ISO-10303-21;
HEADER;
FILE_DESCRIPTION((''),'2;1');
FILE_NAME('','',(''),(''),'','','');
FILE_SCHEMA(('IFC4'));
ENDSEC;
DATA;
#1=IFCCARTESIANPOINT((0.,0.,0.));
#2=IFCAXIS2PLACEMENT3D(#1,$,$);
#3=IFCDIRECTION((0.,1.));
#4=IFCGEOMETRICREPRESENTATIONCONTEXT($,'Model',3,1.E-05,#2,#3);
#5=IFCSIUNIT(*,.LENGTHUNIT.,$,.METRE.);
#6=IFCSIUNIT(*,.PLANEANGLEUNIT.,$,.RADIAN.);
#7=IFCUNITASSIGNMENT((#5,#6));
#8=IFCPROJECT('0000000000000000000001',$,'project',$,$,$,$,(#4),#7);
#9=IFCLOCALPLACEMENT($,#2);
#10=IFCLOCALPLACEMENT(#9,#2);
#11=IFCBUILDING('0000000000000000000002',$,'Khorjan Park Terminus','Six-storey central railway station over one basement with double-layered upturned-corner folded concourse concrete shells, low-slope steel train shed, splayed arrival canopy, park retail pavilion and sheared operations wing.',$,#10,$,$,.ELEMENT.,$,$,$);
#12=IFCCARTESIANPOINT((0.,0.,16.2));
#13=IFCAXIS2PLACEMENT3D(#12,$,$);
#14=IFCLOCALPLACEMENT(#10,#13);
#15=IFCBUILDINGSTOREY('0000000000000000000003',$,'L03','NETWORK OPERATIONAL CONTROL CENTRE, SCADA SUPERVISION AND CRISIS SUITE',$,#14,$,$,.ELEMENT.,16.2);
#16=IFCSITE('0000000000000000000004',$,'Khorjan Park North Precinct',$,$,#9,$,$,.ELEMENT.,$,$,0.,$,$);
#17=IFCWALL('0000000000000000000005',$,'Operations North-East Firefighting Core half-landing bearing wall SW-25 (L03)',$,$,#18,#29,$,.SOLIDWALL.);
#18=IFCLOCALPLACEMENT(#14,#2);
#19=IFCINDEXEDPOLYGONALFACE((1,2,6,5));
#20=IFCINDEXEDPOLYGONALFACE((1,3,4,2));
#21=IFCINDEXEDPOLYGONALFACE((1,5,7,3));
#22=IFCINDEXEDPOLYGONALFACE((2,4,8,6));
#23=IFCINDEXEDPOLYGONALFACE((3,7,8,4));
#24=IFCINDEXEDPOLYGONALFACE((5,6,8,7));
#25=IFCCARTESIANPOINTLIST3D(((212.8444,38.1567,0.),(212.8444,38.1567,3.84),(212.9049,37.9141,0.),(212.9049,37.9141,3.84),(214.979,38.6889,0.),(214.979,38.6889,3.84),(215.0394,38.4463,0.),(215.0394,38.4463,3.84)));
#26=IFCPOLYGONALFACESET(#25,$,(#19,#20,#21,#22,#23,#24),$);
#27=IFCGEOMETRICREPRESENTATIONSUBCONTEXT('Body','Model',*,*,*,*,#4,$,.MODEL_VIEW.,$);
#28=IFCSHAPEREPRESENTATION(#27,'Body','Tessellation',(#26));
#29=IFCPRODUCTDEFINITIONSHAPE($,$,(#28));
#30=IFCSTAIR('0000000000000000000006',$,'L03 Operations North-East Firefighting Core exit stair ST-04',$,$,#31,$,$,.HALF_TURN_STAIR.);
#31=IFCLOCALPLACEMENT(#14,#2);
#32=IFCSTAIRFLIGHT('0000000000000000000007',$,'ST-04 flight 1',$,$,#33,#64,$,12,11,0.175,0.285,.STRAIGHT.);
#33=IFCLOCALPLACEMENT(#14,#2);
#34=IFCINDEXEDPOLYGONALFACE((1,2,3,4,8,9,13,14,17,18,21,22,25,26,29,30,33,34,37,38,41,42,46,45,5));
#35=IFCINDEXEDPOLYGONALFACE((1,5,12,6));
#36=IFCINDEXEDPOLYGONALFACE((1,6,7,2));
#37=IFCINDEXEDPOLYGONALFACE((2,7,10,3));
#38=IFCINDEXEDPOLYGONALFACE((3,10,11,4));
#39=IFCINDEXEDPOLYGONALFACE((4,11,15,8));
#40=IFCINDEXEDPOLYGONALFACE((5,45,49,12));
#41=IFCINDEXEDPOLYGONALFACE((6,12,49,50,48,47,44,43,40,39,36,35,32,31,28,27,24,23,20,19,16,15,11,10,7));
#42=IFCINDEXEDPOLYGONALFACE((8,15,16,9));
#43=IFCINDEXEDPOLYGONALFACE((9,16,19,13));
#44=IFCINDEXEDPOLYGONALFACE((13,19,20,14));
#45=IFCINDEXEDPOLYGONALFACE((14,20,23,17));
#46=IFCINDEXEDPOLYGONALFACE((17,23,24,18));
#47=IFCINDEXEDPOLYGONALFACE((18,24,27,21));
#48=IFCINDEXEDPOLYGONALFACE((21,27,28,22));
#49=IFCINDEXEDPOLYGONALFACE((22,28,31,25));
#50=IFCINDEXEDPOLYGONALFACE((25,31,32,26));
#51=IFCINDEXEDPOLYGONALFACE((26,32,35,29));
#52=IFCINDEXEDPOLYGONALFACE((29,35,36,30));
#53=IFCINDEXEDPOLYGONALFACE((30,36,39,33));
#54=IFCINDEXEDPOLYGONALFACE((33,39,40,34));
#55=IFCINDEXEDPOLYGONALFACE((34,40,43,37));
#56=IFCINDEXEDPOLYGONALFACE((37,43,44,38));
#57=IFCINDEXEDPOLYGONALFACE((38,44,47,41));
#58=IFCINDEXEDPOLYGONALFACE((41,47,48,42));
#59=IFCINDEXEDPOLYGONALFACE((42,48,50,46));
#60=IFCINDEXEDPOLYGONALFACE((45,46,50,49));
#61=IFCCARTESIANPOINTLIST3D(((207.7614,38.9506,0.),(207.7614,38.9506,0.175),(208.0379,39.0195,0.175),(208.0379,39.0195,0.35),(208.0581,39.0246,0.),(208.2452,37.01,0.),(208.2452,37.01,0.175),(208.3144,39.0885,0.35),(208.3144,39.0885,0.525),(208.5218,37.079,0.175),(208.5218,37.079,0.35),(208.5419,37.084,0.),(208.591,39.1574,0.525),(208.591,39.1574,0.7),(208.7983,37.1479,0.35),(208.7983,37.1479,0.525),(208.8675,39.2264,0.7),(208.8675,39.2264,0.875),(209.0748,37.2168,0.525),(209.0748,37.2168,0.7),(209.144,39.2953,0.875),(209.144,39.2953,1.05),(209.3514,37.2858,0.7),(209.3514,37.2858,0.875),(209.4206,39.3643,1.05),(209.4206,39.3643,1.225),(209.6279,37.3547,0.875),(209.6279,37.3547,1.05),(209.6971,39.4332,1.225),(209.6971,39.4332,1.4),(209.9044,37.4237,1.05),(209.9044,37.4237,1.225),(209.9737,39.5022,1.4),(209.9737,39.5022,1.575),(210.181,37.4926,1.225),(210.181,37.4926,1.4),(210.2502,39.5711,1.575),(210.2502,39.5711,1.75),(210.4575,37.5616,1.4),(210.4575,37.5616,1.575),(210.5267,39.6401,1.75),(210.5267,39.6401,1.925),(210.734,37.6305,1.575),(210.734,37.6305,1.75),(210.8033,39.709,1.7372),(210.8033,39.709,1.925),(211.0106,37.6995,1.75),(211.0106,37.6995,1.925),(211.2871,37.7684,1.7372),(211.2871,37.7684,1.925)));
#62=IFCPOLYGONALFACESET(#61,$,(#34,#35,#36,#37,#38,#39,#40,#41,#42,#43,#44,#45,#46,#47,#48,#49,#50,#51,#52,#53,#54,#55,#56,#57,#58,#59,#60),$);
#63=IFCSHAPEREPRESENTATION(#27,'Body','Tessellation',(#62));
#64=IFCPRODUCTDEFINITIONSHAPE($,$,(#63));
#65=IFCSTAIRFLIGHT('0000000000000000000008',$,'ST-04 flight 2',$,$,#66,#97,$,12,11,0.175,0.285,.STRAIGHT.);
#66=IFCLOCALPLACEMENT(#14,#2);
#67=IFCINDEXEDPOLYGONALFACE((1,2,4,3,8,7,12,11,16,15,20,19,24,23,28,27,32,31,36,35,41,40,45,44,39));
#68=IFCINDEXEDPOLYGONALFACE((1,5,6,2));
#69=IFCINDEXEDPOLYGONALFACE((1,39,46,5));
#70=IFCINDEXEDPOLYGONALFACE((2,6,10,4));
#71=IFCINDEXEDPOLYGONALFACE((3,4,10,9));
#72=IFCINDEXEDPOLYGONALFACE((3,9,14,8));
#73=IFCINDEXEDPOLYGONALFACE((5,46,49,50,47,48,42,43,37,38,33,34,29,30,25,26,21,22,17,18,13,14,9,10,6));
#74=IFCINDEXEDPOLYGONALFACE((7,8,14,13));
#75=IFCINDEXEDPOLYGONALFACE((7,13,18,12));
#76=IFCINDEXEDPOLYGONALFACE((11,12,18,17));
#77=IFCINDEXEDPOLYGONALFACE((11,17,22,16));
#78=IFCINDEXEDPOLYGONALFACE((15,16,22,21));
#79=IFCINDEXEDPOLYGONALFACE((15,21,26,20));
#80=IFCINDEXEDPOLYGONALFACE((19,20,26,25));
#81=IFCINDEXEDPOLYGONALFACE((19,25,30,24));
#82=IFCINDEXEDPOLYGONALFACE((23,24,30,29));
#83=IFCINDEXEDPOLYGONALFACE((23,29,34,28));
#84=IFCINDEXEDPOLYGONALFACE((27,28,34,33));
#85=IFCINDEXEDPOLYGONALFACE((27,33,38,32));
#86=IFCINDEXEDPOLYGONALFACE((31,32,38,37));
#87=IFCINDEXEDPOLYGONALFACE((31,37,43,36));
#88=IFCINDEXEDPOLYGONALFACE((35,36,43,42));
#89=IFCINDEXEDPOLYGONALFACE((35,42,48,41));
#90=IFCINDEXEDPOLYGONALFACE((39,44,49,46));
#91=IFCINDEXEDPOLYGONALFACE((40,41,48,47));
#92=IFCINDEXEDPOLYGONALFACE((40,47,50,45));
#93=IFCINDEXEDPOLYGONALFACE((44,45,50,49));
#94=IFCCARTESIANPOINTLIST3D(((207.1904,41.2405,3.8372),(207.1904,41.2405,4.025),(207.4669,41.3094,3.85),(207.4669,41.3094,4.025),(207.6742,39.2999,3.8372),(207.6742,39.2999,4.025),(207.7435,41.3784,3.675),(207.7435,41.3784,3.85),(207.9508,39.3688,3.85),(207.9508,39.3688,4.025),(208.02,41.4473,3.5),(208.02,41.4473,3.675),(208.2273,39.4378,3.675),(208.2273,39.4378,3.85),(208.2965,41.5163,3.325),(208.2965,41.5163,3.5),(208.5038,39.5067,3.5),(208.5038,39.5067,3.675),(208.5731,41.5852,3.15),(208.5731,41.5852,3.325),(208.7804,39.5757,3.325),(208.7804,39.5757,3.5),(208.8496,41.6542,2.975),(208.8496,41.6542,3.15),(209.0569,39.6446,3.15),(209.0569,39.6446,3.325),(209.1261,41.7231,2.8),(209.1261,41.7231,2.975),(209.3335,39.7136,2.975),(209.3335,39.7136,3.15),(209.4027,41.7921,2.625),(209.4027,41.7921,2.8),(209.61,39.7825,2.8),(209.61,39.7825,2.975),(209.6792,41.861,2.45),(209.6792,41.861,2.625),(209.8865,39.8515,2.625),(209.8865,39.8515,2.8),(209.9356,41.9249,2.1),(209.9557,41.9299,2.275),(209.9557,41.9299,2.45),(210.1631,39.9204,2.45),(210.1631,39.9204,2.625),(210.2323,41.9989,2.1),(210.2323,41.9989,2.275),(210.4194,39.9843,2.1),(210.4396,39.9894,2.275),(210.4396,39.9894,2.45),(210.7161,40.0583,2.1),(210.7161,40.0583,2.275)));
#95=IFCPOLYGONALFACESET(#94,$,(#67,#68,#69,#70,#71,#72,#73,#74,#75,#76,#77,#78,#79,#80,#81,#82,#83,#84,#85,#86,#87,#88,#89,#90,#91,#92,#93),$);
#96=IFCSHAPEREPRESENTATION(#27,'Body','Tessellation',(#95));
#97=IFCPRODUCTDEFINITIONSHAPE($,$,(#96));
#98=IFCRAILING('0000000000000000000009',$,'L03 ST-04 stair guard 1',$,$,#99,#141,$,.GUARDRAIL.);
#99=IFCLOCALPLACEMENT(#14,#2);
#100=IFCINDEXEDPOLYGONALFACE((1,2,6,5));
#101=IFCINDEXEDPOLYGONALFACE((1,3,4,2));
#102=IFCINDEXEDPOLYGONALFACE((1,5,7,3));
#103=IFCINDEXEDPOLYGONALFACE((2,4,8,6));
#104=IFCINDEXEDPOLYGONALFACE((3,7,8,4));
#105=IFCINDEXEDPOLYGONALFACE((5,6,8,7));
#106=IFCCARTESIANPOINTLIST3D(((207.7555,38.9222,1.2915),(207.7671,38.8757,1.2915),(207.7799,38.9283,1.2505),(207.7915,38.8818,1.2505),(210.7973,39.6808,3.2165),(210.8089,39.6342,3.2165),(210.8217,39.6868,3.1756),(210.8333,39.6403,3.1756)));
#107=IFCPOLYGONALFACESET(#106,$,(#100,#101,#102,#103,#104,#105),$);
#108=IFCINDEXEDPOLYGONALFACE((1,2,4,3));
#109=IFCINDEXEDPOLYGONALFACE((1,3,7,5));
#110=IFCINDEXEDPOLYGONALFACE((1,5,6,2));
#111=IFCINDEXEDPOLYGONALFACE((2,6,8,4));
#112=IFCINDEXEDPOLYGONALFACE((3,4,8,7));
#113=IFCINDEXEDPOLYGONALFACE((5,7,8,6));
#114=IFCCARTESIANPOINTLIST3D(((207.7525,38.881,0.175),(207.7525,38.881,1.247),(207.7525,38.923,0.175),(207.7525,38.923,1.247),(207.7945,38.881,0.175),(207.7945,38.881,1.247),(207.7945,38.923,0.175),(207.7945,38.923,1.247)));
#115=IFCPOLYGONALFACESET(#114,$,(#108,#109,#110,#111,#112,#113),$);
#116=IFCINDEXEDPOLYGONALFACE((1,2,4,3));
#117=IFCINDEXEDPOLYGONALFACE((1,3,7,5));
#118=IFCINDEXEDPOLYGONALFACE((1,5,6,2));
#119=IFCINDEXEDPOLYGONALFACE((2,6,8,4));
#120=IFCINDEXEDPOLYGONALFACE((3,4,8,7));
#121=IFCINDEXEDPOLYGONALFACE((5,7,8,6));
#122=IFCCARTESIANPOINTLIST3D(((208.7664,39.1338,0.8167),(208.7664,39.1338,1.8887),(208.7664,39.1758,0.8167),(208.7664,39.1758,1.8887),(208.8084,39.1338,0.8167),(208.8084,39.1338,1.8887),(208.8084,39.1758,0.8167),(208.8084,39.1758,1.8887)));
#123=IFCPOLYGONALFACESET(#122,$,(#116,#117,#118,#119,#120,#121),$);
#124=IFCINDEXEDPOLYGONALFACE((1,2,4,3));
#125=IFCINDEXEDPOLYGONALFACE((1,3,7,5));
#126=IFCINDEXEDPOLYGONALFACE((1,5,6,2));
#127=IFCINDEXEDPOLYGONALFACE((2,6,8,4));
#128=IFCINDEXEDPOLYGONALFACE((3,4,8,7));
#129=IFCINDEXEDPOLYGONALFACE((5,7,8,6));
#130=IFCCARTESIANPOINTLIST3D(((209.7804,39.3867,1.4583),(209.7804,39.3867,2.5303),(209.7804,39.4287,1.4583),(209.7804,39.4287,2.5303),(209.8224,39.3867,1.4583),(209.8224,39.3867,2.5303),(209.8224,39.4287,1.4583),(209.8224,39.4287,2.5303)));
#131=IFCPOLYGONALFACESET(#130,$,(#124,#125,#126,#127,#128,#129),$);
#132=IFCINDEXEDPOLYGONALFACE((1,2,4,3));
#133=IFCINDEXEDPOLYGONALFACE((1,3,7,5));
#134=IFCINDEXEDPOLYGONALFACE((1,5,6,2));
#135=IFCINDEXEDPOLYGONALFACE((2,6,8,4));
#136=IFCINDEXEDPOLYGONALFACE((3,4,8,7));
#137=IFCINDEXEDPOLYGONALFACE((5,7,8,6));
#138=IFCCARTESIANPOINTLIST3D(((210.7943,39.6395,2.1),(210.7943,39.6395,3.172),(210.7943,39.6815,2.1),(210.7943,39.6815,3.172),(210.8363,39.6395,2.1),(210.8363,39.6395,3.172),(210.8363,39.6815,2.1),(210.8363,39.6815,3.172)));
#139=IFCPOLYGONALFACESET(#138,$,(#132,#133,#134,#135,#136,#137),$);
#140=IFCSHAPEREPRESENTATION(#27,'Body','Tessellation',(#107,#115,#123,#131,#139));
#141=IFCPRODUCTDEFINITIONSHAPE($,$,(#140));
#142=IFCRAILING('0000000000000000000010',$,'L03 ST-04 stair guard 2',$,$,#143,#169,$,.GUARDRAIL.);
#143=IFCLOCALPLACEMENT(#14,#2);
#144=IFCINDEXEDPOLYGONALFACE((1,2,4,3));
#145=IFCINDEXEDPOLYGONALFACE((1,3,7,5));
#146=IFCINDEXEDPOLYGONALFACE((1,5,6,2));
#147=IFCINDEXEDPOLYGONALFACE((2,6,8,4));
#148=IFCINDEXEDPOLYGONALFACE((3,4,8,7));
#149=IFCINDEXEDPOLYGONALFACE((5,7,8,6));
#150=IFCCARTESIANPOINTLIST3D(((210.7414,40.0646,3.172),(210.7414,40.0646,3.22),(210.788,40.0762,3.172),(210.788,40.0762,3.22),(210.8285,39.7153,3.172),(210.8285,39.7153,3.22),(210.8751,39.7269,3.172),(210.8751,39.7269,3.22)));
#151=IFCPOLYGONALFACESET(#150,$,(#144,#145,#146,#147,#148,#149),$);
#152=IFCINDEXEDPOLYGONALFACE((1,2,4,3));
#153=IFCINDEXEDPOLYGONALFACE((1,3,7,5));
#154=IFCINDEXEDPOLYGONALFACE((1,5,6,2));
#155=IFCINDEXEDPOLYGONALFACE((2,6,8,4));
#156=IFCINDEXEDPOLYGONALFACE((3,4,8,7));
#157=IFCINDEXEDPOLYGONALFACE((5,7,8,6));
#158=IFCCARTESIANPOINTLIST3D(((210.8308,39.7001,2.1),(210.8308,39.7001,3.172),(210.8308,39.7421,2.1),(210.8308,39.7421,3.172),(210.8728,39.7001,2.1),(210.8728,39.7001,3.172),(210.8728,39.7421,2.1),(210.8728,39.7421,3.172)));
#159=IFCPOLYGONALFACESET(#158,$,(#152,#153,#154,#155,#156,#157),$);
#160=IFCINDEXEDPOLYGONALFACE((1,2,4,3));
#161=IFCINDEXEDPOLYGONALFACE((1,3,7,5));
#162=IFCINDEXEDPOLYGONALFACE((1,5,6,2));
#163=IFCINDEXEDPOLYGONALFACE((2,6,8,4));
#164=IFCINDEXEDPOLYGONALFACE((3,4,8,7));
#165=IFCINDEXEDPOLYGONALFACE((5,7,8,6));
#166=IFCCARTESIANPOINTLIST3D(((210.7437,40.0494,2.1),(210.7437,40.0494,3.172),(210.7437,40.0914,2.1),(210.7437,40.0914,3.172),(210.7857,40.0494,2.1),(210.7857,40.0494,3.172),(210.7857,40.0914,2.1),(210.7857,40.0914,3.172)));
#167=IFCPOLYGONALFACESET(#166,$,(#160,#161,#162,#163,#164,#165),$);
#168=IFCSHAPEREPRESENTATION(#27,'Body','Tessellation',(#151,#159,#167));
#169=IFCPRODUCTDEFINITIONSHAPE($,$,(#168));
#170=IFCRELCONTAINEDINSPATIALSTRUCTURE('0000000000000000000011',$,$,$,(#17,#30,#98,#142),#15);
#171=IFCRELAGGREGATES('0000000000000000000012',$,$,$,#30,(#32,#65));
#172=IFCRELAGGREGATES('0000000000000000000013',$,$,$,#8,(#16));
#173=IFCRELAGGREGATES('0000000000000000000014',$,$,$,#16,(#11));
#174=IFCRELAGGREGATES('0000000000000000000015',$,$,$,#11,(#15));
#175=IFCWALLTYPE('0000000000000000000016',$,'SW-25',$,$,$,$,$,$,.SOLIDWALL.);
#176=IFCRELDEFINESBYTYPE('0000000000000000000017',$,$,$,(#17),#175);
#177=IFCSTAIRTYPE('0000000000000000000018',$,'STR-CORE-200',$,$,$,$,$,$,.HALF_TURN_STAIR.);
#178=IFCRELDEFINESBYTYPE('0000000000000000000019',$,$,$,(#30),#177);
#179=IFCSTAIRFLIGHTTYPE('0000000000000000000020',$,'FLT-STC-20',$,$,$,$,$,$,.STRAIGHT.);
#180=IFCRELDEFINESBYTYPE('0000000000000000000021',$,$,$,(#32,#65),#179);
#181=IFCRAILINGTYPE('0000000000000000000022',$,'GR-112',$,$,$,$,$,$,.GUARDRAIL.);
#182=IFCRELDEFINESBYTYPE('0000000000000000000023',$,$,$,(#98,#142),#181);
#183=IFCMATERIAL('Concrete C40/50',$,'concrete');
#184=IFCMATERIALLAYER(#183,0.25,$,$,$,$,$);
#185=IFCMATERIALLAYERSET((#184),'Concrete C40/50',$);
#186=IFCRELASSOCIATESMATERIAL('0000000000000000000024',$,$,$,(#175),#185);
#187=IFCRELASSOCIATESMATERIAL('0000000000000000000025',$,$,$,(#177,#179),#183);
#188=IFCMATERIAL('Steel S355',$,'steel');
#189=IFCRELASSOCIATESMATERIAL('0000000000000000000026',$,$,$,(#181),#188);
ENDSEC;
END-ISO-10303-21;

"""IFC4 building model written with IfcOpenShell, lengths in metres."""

from ifc_helpers import new_model, si_unit, direction, frame, frame_2d, origin, origin_2d, place, context, subcontext, project, spatial, polyline, rectangle, outline, extrude, material, layer, layer_set, type_object, element, aggregate, save


model = new_model("IFC4")

# Units and contexts
model_context = context("Model", 3, precision=1e-05, world=origin(), true_north=direction((0.0, 1.0)))
body_context = subcontext(model_context, "Body", "Model", "MODEL_VIEW")
ifc_project = project(units=[si_unit("LENGTHUNIT", "METRE"), si_unit("PLANEANGLEUNIT", "RADIAN")], contexts=[model_context])

# Site, building, storey
site_placement = place(None, origin())
site = spatial("IfcSite", under=ifc_project, at=site_placement, Name="Khorjan Park North Precinct", CompositionType="ELEMENT", RefElevation=0.0)
building_placement = place(site_placement, origin())
building = spatial("IfcBuilding", under=site, at=building_placement, Name="Khorjan Park Terminus", Description="Six-storey central railway station over one basement with double-layered upturned-corner folded concourse concrete shells, low-slope steel train shed, splayed arrival canopy, park retail pavilion and sheared operations wing.", CompositionType="ELEMENT")
storey_placement = place(building_placement, frame((0.0, 0.0, 16.2)))
storey = spatial("IfcBuildingStorey", under=building, at=storey_placement, Name="L03", Description="NETWORK OPERATIONAL CONTROL CENTRE, SCADA SUPERVISION AND CRISIS SUITE", CompositionType="ELEMENT", Elevation=16.2)

# Shared definitions
ifc_material_1 = material(Name="Concrete C40/50", Category="concrete")
ifc_material_2 = material(Name="Steel S355", Category="steel")

# Shared definitions
ifc_layer = layer(ifc_material_1, 0.25)
ifc_layer_set = layer_set([ifc_layer], Name="Concrete C40/50")
wall_type = type_object("IfcWallType", Name="SW-25", PredefinedType="SOLIDWALL", material=ifc_layer_set)

# Wall
wall_1_placement = place(storey_placement, frame((212.8747, 38.0354, 0.0), z_axis=(0.0, 0.0, 1.0), x_axis=(0.970297, 0.241915, 0.0)))
element("IfcWall", 1, at=wall_1_placement, inside=storey, type_object=wall_type, Name="Operations North-East Firefighting Core half-landing bearing wall SW-25 (L03)", PredefinedType="SOLIDWALL", context=body_context, shape_type="SweptSolid", body=[
    extrude(rectangle(XDim=2.1999, YDim=0.25, at=frame_2d((1.0999, 0.0))), origin(), (0.0, 0.0, 1.0), 3.84),
])

# Stair, stair flights
stair_type = type_object("IfcStairType", Name="STR-CORE-200", PredefinedType="HALF_TURN_STAIR", material=ifc_material_1)
stair_placement = place(storey_placement, origin())
stair = element("IfcStair", 2, at=stair_placement, inside=storey, type_object=stair_type, Name="L03 Operations North-East Firefighting Core exit stair ST-04", PredefinedType="HALF_TURN_STAIR")
stair_flight_type = type_object("IfcStairFlightType", Name="FLT-STC-20", PredefinedType="STRAIGHT", material=ifc_material_1)
stair_flight_1_placement = place(storey_placement, frame((208.0033, 37.9803, 0.0), z_axis=(0.0, 0.0, 1.0), x_axis=(0.970296, 0.241922, 0.0)))
stair_flight_1 = element("IfcStairFlight", 3, at=stair_flight_1_placement, type_object=stair_flight_type, Name="ST-04 flight 1", NumberOfRisers=12, NumberOfTreads=11, PredefinedType="STRAIGHT", RiserHeight=0.175, TreadLength=0.285, context=body_context, shape_type="SweptSolid", body=[
    extrude(outline(polyline([(0.0, 0.0), (0.0, 0.175), (0.285, 0.175), (0.285, 0.35), (0.57, 0.35), (0.57, 0.525), (0.855, 0.525), (0.855, 0.7), (1.14, 0.7), (1.14, 0.875), (1.425, 0.875), (1.425, 1.05), (1.71, 1.05), (1.71, 1.225), (1.995, 1.225), (1.995, 1.4), (2.28, 1.4), (2.28, 1.575), (2.565, 1.575), (2.565, 1.75), (2.85, 1.75), (2.85, 1.925), (3.135, 1.925), (3.135, 2.1), (3.135, 1.7372), (0.3058, 0.0), (0.0, 0.0)])), frame((0.0, 1.0, 0.0), z_axis=(0.0, -1.0, 0.0), x_axis=(1.0, 0.0, 0.0)), (0.0, 0.0, 1.0), 2.0),
])
stair_flight_2_placement = place(storey_placement, frame((210.4742, 41.0286, 2.1), z_axis=(0.0, 0.0, 1.0), x_axis=(-0.970296, -0.241922, 0.0)))
stair_flight_2 = element("IfcStairFlight", 4, at=stair_flight_2_placement, type_object=stair_flight_type, Name="ST-04 flight 2", NumberOfRisers=12, NumberOfTreads=11, PredefinedType="STRAIGHT", RiserHeight=0.175, TreadLength=0.285, context=body_context, shape_type="SweptSolid", body=[
    extrude(outline(polyline([(0.0, 0.0), (0.0, 0.175), (0.285, 0.175), (0.285, 0.35), (0.57, 0.35), (0.57, 0.525), (0.855, 0.525), (0.855, 0.7), (1.14, 0.7), (1.14, 0.875), (1.425, 0.875), (1.425, 1.05), (1.71, 1.05), (1.71, 1.225), (1.995, 1.225), (1.995, 1.4), (2.28, 1.4), (2.28, 1.575), (2.565, 1.575), (2.565, 1.75), (2.85, 1.75), (2.85, 1.925), (3.135, 1.925), (3.135, 2.1), (3.135, 1.7372), (0.3058, 0.0), (0.0, 0.0)])), frame((0.0, 1.0, 0.0), z_axis=(0.0, -1.0, 0.0), x_axis=(1.0, 0.0, 0.0)), (0.0, 0.0, 1.0), 2.0),
])
aggregate(stair, [stair_flight_1, stair_flight_2])

# Railings
railing_type_1 = type_object("IfcRailingType", Name="GR-112", PredefinedType="GUARDRAIL", material=ifc_material_2)
railing_1_placement = place(storey_placement, frame((207.7735, 38.902, 0.175)))
element("IfcRailing", 5, at=railing_1_placement, inside=storey, type_object=railing_type_1, Name="L03 ST-04 stair guard 1", PredefinedType="GUARDRAIL", context=body_context, shape_type="SweptSolid", body=[
    extrude(rectangle(XDim=0.048, YDim=0.048, at=origin_2d()), frame((0.0, 0.0, 1.096), z_axis=(0.826848, 0.206182, 0.52327), x_axis=(-0.24195, 0.970289, 0.0)), (0.0, 0.0, 1.0), 3.6788),
    extrude(rectangle(XDim=0.042, YDim=0.042, at=origin_2d()), origin(), (0.0, 0.0, 1.0), 1.072),
    extrude(rectangle(XDim=0.042, YDim=0.042, at=origin_2d()), frame((1.0139, 0.2528, 0.6417)), (0.0, 0.0, 1.0), 1.072),
    extrude(rectangle(XDim=0.042, YDim=0.042, at=origin_2d()), frame((2.0279, 0.5057, 1.2833)), (0.0, 0.0, 1.0), 1.072),
    extrude(rectangle(XDim=0.042, YDim=0.042, at=origin_2d()), frame((3.0418, 0.7585, 1.925)), (0.0, 0.0, 1.0), 1.072),
])
railing_2_placement = place(storey_placement, frame((210.8518, 39.7211, 2.1)))
element("IfcRailing", 6, at=railing_2_placement, inside=storey, type_object=railing_type_1, Name="L03 ST-04 stair guard 2", PredefinedType="GUARDRAIL", context=body_context, shape_type="SweptSolid", body=[
    extrude(rectangle(XDim=0.048, YDim=0.048, at=origin_2d()), frame((0.0, 0.0, 1.096), z_axis=(-0.241947, 0.970289, 0.0), x_axis=(-0.970289, -0.241947, 0.0)), (0.0, 0.0, 1.0), 0.36),
    extrude(rectangle(XDim=0.042, YDim=0.042, at=origin_2d()), origin(), (0.0, 0.0, 1.0), 1.072),
    extrude(rectangle(XDim=0.042, YDim=0.042, at=origin_2d()), frame((-0.0871, 0.3493, 0.0)), (0.0, 0.0, 1.0), 1.072),
])

save(model, "model.ifc")
